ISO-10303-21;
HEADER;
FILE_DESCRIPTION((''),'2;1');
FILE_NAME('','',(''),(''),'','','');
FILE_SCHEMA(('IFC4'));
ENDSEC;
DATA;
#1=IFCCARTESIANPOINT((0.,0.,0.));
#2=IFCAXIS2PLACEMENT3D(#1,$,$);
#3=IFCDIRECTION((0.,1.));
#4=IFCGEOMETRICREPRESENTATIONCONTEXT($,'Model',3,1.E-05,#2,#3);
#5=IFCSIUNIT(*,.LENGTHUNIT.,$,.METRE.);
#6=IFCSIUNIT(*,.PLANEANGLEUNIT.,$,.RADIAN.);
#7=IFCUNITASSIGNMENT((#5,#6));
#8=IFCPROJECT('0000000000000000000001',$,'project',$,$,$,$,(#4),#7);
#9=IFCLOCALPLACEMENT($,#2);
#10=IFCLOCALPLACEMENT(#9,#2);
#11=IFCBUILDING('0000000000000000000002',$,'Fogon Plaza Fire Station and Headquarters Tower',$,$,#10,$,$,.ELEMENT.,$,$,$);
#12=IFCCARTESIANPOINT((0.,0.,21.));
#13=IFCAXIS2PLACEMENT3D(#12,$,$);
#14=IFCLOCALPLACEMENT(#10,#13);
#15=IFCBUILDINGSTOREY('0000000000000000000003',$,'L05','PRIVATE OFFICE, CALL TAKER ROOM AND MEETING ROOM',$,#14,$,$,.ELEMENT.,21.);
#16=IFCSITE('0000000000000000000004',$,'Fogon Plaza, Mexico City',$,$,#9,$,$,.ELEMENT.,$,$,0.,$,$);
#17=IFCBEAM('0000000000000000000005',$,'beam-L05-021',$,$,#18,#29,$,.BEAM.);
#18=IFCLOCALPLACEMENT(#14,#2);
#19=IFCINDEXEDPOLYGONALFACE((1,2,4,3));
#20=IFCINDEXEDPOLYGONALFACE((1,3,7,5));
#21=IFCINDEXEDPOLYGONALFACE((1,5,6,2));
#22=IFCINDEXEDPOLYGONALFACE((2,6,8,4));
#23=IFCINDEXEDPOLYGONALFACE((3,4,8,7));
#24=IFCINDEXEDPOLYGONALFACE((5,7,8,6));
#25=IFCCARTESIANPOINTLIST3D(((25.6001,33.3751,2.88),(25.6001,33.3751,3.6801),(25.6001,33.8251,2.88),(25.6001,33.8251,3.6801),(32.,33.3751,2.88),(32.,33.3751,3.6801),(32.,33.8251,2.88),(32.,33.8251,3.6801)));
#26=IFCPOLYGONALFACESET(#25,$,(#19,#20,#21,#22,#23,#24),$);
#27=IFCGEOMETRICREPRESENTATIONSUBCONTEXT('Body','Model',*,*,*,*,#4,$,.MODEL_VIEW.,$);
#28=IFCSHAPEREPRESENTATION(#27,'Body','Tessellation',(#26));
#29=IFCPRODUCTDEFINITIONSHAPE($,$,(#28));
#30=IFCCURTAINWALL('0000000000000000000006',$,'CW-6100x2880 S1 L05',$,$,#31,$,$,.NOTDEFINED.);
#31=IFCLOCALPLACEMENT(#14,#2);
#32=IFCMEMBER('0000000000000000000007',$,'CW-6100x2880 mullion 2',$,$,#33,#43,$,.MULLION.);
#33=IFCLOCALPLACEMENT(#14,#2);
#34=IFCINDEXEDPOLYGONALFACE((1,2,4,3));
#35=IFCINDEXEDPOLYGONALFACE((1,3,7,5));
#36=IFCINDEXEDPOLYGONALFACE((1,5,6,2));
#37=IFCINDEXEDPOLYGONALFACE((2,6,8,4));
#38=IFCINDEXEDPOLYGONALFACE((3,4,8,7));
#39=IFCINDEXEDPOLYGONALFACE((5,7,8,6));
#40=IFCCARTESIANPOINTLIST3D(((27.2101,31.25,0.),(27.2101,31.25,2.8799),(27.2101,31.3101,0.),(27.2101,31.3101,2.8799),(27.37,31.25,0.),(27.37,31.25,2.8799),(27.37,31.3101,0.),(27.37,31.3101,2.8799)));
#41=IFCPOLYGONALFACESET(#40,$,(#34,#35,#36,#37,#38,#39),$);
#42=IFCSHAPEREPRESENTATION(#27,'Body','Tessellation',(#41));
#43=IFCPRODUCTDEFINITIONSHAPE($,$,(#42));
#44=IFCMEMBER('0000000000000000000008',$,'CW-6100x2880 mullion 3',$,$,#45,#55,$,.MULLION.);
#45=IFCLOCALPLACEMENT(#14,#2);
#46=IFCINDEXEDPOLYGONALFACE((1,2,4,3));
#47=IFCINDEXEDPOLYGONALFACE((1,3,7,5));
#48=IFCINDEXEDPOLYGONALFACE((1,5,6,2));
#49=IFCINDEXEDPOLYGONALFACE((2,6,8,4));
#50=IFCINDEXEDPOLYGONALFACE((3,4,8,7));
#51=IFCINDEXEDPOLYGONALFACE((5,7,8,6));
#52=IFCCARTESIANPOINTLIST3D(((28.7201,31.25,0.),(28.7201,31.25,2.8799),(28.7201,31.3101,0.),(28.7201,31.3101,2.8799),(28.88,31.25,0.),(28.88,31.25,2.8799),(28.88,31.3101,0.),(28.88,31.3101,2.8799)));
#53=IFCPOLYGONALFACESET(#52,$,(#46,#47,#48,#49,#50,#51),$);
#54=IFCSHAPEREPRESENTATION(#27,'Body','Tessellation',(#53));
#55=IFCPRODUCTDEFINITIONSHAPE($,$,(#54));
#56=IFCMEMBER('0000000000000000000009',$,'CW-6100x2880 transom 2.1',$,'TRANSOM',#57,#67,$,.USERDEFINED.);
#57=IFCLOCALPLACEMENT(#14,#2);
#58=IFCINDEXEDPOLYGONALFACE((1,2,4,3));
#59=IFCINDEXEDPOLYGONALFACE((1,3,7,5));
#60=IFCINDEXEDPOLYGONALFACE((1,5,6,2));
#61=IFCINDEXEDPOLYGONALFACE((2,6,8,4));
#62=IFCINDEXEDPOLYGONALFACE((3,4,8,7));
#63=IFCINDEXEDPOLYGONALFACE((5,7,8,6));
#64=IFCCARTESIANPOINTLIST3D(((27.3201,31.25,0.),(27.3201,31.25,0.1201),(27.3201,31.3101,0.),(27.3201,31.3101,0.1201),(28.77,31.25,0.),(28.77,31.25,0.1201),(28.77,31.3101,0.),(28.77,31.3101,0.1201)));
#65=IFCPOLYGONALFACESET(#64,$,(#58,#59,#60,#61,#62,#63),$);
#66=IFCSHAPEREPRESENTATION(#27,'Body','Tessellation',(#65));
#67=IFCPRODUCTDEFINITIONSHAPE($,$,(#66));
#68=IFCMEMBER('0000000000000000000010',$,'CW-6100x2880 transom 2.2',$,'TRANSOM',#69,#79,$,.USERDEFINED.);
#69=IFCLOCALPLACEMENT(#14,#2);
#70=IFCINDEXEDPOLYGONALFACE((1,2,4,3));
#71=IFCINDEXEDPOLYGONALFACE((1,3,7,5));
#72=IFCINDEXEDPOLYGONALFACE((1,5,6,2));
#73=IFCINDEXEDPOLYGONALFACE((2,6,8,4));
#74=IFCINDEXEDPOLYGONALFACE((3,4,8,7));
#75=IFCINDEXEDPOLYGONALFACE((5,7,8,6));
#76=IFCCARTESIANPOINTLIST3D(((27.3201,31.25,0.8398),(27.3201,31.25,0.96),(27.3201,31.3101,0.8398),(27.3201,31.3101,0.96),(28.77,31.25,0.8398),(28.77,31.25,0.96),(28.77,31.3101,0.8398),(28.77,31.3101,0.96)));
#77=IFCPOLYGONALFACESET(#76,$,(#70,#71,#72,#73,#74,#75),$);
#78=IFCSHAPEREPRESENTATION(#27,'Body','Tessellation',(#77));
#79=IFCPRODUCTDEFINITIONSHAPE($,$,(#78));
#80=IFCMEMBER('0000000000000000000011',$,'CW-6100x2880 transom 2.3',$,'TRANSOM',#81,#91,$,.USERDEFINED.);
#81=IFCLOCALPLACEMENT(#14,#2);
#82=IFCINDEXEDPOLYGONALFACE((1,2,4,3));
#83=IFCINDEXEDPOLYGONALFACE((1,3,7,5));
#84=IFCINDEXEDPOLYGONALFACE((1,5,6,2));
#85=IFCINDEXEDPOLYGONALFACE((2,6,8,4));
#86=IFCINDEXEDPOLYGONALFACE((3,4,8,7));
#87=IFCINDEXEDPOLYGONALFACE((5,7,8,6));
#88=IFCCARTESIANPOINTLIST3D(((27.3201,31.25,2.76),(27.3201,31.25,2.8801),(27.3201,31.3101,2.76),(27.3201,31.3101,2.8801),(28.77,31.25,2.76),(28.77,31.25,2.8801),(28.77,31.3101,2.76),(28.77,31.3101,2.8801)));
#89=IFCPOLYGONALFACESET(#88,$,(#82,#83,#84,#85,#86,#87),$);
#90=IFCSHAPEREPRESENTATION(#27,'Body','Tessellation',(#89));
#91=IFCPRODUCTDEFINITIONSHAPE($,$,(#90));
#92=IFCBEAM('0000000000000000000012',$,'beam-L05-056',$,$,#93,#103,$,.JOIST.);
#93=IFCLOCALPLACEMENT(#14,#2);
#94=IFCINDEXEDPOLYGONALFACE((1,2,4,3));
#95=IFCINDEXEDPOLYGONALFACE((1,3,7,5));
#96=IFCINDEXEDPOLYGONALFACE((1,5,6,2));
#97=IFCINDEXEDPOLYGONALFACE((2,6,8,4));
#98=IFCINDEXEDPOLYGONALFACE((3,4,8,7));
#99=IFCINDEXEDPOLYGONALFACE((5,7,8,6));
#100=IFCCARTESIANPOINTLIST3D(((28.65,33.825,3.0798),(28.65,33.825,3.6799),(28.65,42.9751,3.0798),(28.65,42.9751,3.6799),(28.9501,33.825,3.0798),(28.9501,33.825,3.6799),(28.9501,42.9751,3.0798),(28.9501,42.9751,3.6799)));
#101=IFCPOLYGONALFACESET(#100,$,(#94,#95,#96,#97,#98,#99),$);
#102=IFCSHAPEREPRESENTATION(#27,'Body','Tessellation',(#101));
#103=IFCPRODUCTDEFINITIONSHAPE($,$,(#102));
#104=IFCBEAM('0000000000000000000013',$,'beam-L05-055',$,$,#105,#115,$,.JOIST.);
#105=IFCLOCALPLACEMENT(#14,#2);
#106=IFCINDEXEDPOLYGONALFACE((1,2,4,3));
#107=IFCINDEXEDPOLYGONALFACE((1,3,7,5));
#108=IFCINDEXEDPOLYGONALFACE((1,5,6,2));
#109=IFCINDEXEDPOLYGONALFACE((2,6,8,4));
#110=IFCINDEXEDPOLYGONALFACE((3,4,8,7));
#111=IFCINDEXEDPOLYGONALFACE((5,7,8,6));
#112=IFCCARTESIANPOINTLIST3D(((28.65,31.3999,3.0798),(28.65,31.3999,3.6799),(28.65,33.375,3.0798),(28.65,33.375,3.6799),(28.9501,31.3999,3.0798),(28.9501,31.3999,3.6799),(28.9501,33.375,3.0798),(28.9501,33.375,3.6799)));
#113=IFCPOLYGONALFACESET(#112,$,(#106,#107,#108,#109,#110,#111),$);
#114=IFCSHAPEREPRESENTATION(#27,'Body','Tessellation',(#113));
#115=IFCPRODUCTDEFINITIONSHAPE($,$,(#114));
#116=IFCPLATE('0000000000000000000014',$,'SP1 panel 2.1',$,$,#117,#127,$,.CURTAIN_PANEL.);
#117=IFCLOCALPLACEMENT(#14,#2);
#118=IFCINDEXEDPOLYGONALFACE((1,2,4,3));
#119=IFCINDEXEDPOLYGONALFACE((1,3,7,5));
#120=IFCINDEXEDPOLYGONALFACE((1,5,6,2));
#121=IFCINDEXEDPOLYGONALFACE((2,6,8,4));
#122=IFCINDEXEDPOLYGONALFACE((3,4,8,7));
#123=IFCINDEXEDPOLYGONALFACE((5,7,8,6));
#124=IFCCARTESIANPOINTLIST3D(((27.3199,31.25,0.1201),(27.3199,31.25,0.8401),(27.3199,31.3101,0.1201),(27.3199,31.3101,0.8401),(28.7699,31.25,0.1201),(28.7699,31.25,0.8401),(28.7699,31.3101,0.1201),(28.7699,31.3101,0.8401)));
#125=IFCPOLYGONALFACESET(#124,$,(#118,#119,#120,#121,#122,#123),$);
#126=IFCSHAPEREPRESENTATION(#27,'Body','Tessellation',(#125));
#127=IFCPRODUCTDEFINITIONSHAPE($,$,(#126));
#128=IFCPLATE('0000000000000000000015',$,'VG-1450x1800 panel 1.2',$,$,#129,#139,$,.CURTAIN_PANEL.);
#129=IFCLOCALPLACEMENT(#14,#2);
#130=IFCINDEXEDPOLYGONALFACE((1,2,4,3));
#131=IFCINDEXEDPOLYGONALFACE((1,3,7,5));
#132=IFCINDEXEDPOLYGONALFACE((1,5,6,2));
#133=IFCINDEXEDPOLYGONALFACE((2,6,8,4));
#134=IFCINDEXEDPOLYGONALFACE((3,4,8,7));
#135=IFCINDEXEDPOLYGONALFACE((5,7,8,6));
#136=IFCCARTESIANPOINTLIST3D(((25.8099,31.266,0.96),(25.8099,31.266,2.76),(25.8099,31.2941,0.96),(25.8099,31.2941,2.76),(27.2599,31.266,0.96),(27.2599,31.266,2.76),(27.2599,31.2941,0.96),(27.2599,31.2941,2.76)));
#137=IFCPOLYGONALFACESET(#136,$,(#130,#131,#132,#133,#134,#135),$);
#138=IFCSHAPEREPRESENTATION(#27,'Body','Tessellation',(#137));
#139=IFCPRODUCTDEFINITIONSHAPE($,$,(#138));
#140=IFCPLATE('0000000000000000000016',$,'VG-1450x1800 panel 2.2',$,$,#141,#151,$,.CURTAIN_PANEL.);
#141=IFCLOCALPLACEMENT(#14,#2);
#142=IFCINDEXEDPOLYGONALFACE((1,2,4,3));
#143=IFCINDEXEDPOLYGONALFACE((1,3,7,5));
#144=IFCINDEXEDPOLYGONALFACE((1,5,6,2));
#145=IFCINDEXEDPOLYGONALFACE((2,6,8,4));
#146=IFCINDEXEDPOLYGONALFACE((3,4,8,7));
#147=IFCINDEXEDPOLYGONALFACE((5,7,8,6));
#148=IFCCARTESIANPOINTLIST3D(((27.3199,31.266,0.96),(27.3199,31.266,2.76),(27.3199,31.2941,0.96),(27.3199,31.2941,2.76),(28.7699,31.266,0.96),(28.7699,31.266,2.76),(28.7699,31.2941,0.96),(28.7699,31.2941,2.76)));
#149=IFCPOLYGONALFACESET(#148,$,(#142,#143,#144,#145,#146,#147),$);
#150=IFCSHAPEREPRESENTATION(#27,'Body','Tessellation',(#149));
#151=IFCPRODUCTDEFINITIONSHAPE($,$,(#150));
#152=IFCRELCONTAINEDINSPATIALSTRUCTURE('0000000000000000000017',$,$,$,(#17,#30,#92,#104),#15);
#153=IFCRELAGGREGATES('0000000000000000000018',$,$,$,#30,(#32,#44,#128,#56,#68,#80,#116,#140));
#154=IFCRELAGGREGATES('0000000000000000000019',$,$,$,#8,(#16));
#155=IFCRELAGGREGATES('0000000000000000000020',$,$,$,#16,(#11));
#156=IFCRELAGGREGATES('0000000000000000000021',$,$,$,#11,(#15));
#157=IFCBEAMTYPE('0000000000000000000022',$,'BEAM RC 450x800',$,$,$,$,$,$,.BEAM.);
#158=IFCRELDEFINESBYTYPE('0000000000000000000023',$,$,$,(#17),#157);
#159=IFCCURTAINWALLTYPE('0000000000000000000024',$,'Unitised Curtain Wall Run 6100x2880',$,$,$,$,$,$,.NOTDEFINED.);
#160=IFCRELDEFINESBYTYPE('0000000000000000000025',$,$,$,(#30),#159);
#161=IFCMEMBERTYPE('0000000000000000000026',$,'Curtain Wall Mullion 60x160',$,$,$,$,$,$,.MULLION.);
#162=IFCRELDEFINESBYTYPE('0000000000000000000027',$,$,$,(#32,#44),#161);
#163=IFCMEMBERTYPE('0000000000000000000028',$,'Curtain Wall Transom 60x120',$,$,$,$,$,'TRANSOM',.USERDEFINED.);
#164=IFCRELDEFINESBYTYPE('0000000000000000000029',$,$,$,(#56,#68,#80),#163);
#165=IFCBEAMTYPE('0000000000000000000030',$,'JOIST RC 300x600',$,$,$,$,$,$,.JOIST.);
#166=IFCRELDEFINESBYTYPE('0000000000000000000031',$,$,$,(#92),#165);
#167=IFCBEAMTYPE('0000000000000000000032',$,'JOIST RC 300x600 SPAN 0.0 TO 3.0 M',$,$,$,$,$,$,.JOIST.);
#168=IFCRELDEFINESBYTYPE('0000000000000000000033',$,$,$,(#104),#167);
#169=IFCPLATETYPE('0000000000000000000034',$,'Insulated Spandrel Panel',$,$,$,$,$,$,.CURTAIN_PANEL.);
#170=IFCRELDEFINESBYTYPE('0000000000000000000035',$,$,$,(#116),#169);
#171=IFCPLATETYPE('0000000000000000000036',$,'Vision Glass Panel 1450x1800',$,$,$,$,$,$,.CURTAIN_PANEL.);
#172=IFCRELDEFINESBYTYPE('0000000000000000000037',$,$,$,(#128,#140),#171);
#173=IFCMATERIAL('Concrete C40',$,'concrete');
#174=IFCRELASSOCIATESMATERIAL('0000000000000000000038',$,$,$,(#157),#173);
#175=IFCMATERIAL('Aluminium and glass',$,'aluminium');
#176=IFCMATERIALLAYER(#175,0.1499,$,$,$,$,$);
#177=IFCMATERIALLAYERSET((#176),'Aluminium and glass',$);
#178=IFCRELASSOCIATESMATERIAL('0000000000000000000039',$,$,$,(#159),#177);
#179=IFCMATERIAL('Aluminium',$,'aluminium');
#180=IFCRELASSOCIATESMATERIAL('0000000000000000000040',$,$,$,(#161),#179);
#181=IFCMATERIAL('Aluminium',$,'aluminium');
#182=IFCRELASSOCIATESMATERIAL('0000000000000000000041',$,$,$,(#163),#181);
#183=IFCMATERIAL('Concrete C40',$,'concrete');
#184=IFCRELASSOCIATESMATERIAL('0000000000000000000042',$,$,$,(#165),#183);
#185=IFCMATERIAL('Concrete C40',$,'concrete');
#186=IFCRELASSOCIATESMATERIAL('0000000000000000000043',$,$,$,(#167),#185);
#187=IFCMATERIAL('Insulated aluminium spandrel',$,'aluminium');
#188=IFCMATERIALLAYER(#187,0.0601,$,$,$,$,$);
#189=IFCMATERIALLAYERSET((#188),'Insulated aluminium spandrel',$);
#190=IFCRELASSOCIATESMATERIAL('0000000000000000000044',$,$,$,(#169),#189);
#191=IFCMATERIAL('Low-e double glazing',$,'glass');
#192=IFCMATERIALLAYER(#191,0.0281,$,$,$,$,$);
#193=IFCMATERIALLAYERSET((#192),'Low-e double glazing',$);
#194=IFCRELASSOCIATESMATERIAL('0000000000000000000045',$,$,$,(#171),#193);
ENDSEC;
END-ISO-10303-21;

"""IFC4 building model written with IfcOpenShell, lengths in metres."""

from ifc_helpers import new_model, si_unit, direction, frame, origin, origin_2d, place, context, subcontext, project, spatial, rectangle, extrude, material, layer, layer_set, material_profile, profile_set, type_object, element, aggregate, save


model = new_model("IFC4")

# Units and contexts
model_context = context("Model", 3, precision=1e-05, world=origin(), true_north=direction((0.0, 1.0)))
body_context = subcontext(model_context, "Body", "Model", "MODEL_VIEW")
ifc_project = project(units=[si_unit("LENGTHUNIT", "METRE"), si_unit("PLANEANGLEUNIT", "RADIAN")], contexts=[model_context])

# Site, building, storey
site_placement = place(None, origin())
site = spatial("IfcSite", under=ifc_project, at=site_placement, Name="Fogon Plaza, Mexico City", CompositionType="ELEMENT", RefElevation=0.0)
building_placement = place(site_placement, origin())
building = spatial("IfcBuilding", under=site, at=building_placement, Name="Fogon Plaza Fire Station and Headquarters Tower", CompositionType="ELEMENT")
storey_placement = place(building_placement, frame((0.0, 0.0, 21.0)))
storey = spatial("IfcBuildingStorey", under=building, at=storey_placement, Name="L05", Description="PRIVATE OFFICE, CALL TAKER ROOM AND MEETING ROOM", CompositionType="ELEMENT", Elevation=21.0)

# Beam
ifc_material_1 = material(Name="Concrete C40", Category="concrete")
ifc_material_profile_1 = material_profile(ifc_material_1, rectangle(XDim=0.45, YDim=0.8, at=origin_2d()), Name="RC 450x800")
ifc_profile_set_1 = profile_set([ifc_material_profile_1], Name="Concrete C40")
beam_type_1 = type_object("IfcBeamType", Name="BEAM RC 450x800", PredefinedType="BEAM", material=ifc_profile_set_1)
beam_1_placement = place(storey_placement, frame((25.6001, 33.6001, 3.28), z_axis=(1.0, 0.0, 0.0), x_axis=(0.0, 1.0, 0.0)))
element("IfcBeam", 1, at=beam_1_placement, inside=storey, type_object=beam_type_1, Name="beam-L05-021", PredefinedType="BEAM", context=body_context, shape_type="SweptSolid", body=[
    extrude(rectangle(XDim=0.45, YDim=0.8, at=origin_2d()), origin(), (0.0, 0.0, 1.0), 6.3999),
])

# Curtain wall, members
ifc_material_2 = material(Name="Aluminium and glass", Category="aluminium")
ifc_layer_1 = layer(ifc_material_2, 0.1499)
ifc_layer_set_1 = layer_set([ifc_layer_1], Name="Aluminium and glass")
curtain_wall_type = type_object("IfcCurtainWallType", Name="Unitised Curtain Wall Run 6100x2880", PredefinedType="NOTDEFINED", material=ifc_layer_set_1)
curtain_wall_placement = place(storey_placement, origin())
curtain_wall = element("IfcCurtainWall", 2, at=curtain_wall_placement, inside=storey, type_object=curtain_wall_type, Name="CW-6100x2880 S1 L05", PredefinedType="NOTDEFINED")
ifc_material_3 = material(Name="Aluminium", Category="aluminium")
ifc_material_profile_2 = material_profile(ifc_material_3, rectangle(XDim=0.0601, YDim=0.1599, at=origin_2d()), Name="Curtain Wall Mullion 60x160")
ifc_profile_set_2 = profile_set([ifc_material_profile_2], Name="Aluminium")
member_type_1 = type_object("IfcMemberType", Name="Curtain Wall Mullion 60x160", PredefinedType="MULLION", material=ifc_profile_set_2)
member_1_placement = place(storey_placement, frame((27.29, 31.28, 0.0), z_axis=(0.0, 0.0, 1.0), x_axis=(0.0, 1.0, 0.0)))
member_1 = element("IfcMember", 3, at=member_1_placement, type_object=member_type_1, Name="CW-6100x2880 mullion 2", PredefinedType="MULLION", context=body_context, shape_type="SweptSolid", body=[
    extrude(rectangle(XDim=0.0601, YDim=0.1599, at=origin_2d()), origin(), (0.0, 0.0, 1.0), 2.8799),
])
member_2_placement = place(storey_placement, frame((28.8, 31.28, 0.0), z_axis=(0.0, 0.0, 1.0), x_axis=(0.0, 1.0, 0.0)))
member_2 = element("IfcMember", 4, at=member_2_placement, type_object=member_type_1, Name="CW-6100x2880 mullion 3", PredefinedType="MULLION", context=body_context, shape_type="SweptSolid", body=[
    extrude(rectangle(XDim=0.0601, YDim=0.1599, at=origin_2d()), origin(), (0.0, 0.0, 1.0), 2.8799),
])
ifc_material_4 = material(Name="Aluminium", Category="aluminium")
ifc_material_profile_3 = material_profile(ifc_material_4, rectangle(XDim=0.0601, YDim=0.1201, at=origin_2d()), Name="Curtain Wall Transom 60x120")
ifc_profile_set_3 = profile_set([ifc_material_profile_3], Name="Aluminium")
member_type_2 = type_object("IfcMemberType", Name="Curtain Wall Transom 60x120", ElementType="TRANSOM", PredefinedType="USERDEFINED", material=ifc_profile_set_3)
member_3_placement = place(storey_placement, frame((27.3201, 31.28, 0.0601), z_axis=(1.0, 0.0, 0.0), x_axis=(0.0, 1.0, 0.0)))
member_3 = element("IfcMember", 5, at=member_3_placement, type_object=member_type_2, Name="CW-6100x2880 transom 2.1", ObjectType="TRANSOM", PredefinedType="USERDEFINED", context=body_context, shape_type="SweptSolid", body=[
    extrude(rectangle(XDim=0.0601, YDim=0.1201, at=origin_2d()), origin(), (0.0, 0.0, 1.0), 1.45),
])
member_4_placement = place(storey_placement, frame((27.3201, 31.28, 0.8999), z_axis=(1.0, 0.0, 0.0), x_axis=(0.0, 1.0, 0.0)))
member_4 = element("IfcMember", 6, at=member_4_placement, type_object=member_type_2, Name="CW-6100x2880 transom 2.2", ObjectType="TRANSOM", PredefinedType="USERDEFINED", context=body_context, shape_type="SweptSolid", body=[
    extrude(rectangle(XDim=0.0601, YDim=0.1201, at=origin_2d()), origin(), (0.0, 0.0, 1.0), 1.45),
])
member_5_placement = place(storey_placement, frame((27.3201, 31.28, 2.8201), z_axis=(1.0, 0.0, 0.0), x_axis=(0.0, 1.0, 0.0)))
member_5 = element("IfcMember", 7, at=member_5_placement, type_object=member_type_2, Name="CW-6100x2880 transom 2.3", ObjectType="TRANSOM", PredefinedType="USERDEFINED", context=body_context, shape_type="SweptSolid", body=[
    extrude(rectangle(XDim=0.0601, YDim=0.1201, at=origin_2d()), origin(), (0.0, 0.0, 1.0), 1.45),
])

# Beams
ifc_material_5 = material(Name="Concrete C40", Category="concrete")
ifc_material_profile_4 = material_profile(ifc_material_5, rectangle(XDim=0.3, YDim=0.6001, at=origin_2d()), Name="RC 300x600")
ifc_profile_set_4 = profile_set([ifc_material_profile_4], Name="Concrete C40")
beam_type_2 = type_object("IfcBeamType", Name="JOIST RC 300x600", PredefinedType="JOIST", material=ifc_profile_set_4)
beam_2_placement = place(storey_placement, frame((28.8, 33.825, 3.3799), z_axis=(0.0, 1.0, 0.0), x_axis=(-1.0, 0.0, 0.0)))
element("IfcBeam", 8, at=beam_2_placement, inside=storey, type_object=beam_type_2, Name="beam-L05-056", PredefinedType="JOIST", context=body_context, shape_type="SweptSolid", body=[
    extrude(rectangle(XDim=0.3, YDim=0.6001, at=origin_2d()), origin(), (0.0, 0.0, 1.0), 9.1501),
])
ifc_material_6 = material(Name="Concrete C40", Category="concrete")
ifc_material_profile_5 = material_profile(ifc_material_6, rectangle(XDim=0.3, YDim=0.6001, at=origin_2d()), Name="RC 300x600")
ifc_profile_set_5 = profile_set([ifc_material_profile_5], Name="Concrete C40")
beam_type_3 = type_object("IfcBeamType", Name="JOIST RC 300x600 SPAN 0.0 TO 3.0 M", PredefinedType="JOIST", material=ifc_profile_set_5)
beam_3_placement = place(storey_placement, frame((28.8, 31.3999, 3.3799), z_axis=(0.0, 1.0, 0.0), x_axis=(-1.0, 0.0, 0.0)))
element("IfcBeam", 9, at=beam_3_placement, inside=storey, type_object=beam_type_3, Name="beam-L05-055", PredefinedType="JOIST", context=body_context, shape_type="SweptSolid", body=[
    extrude(rectangle(XDim=0.3, YDim=0.6001, at=origin_2d()), origin(), (0.0, 0.0, 1.0), 1.9751),
])

# Plates
ifc_material_7 = material(Name="Insulated aluminium spandrel", Category="aluminium")
ifc_layer_2 = layer(ifc_material_7, 0.0601)
ifc_layer_set_2 = layer_set([ifc_layer_2], Name="Insulated aluminium spandrel")
plate_type_1 = type_object("IfcPlateType", Name="Insulated Spandrel Panel", PredefinedType="CURTAIN_PANEL", material=ifc_layer_set_2)
plate_1_placement = place(storey_placement, frame((28.0449, 31.28, 0.1201), z_axis=(0.0, 0.0, 1.0), x_axis=(1.0, 0.0, 0.0)))
plate_1 = element("IfcPlate", 10, at=plate_1_placement, type_object=plate_type_1, Name="SP1 panel 2.1", PredefinedType="CURTAIN_PANEL", context=body_context, shape_type="SweptSolid", body=[
    extrude(rectangle(XDim=1.45, YDim=0.0601, at=origin_2d()), origin(), (0.0, 0.0, 1.0), 0.72),
])
ifc_material_8 = material(Name="Low-e double glazing", Category="glass")
ifc_layer_3 = layer(ifc_material_8, 0.0281)
ifc_layer_set_3 = layer_set([ifc_layer_3], Name="Low-e double glazing")
plate_type_2 = type_object("IfcPlateType", Name="Vision Glass Panel 1450x1800", PredefinedType="CURTAIN_PANEL", material=ifc_layer_set_3)
plate_2_placement = place(storey_placement, frame((26.5349, 31.28, 0.96), z_axis=(0.0, 0.0, 1.0), x_axis=(1.0, 0.0, 0.0)))
plate_2 = element("IfcPlate", 11, at=plate_2_placement, type_object=plate_type_2, Name="VG-1450x1800 panel 1.2", PredefinedType="CURTAIN_PANEL", context=body_context, shape_type="SweptSolid", body=[
    extrude(rectangle(XDim=1.45, YDim=0.0281, at=origin_2d()), origin(), (0.0, 0.0, 1.0), 1.8),
])
plate_3_placement = place(storey_placement, frame((28.0449, 31.28, 0.96), z_axis=(0.0, 0.0, 1.0), x_axis=(1.0, 0.0, 0.0)))
plate_3 = element("IfcPlate", 12, at=plate_3_placement, type_object=plate_type_2, Name="VG-1450x1800 panel 2.2", PredefinedType="CURTAIN_PANEL", context=body_context, shape_type="SweptSolid", body=[
    extrude(rectangle(XDim=1.45, YDim=0.0281, at=origin_2d()), origin(), (0.0, 0.0, 1.0), 1.8),
])
aggregate(curtain_wall, [member_1, member_2, plate_2, member_3, member_4, member_5, plate_1, plate_3])

save(model, "model.ifc")
